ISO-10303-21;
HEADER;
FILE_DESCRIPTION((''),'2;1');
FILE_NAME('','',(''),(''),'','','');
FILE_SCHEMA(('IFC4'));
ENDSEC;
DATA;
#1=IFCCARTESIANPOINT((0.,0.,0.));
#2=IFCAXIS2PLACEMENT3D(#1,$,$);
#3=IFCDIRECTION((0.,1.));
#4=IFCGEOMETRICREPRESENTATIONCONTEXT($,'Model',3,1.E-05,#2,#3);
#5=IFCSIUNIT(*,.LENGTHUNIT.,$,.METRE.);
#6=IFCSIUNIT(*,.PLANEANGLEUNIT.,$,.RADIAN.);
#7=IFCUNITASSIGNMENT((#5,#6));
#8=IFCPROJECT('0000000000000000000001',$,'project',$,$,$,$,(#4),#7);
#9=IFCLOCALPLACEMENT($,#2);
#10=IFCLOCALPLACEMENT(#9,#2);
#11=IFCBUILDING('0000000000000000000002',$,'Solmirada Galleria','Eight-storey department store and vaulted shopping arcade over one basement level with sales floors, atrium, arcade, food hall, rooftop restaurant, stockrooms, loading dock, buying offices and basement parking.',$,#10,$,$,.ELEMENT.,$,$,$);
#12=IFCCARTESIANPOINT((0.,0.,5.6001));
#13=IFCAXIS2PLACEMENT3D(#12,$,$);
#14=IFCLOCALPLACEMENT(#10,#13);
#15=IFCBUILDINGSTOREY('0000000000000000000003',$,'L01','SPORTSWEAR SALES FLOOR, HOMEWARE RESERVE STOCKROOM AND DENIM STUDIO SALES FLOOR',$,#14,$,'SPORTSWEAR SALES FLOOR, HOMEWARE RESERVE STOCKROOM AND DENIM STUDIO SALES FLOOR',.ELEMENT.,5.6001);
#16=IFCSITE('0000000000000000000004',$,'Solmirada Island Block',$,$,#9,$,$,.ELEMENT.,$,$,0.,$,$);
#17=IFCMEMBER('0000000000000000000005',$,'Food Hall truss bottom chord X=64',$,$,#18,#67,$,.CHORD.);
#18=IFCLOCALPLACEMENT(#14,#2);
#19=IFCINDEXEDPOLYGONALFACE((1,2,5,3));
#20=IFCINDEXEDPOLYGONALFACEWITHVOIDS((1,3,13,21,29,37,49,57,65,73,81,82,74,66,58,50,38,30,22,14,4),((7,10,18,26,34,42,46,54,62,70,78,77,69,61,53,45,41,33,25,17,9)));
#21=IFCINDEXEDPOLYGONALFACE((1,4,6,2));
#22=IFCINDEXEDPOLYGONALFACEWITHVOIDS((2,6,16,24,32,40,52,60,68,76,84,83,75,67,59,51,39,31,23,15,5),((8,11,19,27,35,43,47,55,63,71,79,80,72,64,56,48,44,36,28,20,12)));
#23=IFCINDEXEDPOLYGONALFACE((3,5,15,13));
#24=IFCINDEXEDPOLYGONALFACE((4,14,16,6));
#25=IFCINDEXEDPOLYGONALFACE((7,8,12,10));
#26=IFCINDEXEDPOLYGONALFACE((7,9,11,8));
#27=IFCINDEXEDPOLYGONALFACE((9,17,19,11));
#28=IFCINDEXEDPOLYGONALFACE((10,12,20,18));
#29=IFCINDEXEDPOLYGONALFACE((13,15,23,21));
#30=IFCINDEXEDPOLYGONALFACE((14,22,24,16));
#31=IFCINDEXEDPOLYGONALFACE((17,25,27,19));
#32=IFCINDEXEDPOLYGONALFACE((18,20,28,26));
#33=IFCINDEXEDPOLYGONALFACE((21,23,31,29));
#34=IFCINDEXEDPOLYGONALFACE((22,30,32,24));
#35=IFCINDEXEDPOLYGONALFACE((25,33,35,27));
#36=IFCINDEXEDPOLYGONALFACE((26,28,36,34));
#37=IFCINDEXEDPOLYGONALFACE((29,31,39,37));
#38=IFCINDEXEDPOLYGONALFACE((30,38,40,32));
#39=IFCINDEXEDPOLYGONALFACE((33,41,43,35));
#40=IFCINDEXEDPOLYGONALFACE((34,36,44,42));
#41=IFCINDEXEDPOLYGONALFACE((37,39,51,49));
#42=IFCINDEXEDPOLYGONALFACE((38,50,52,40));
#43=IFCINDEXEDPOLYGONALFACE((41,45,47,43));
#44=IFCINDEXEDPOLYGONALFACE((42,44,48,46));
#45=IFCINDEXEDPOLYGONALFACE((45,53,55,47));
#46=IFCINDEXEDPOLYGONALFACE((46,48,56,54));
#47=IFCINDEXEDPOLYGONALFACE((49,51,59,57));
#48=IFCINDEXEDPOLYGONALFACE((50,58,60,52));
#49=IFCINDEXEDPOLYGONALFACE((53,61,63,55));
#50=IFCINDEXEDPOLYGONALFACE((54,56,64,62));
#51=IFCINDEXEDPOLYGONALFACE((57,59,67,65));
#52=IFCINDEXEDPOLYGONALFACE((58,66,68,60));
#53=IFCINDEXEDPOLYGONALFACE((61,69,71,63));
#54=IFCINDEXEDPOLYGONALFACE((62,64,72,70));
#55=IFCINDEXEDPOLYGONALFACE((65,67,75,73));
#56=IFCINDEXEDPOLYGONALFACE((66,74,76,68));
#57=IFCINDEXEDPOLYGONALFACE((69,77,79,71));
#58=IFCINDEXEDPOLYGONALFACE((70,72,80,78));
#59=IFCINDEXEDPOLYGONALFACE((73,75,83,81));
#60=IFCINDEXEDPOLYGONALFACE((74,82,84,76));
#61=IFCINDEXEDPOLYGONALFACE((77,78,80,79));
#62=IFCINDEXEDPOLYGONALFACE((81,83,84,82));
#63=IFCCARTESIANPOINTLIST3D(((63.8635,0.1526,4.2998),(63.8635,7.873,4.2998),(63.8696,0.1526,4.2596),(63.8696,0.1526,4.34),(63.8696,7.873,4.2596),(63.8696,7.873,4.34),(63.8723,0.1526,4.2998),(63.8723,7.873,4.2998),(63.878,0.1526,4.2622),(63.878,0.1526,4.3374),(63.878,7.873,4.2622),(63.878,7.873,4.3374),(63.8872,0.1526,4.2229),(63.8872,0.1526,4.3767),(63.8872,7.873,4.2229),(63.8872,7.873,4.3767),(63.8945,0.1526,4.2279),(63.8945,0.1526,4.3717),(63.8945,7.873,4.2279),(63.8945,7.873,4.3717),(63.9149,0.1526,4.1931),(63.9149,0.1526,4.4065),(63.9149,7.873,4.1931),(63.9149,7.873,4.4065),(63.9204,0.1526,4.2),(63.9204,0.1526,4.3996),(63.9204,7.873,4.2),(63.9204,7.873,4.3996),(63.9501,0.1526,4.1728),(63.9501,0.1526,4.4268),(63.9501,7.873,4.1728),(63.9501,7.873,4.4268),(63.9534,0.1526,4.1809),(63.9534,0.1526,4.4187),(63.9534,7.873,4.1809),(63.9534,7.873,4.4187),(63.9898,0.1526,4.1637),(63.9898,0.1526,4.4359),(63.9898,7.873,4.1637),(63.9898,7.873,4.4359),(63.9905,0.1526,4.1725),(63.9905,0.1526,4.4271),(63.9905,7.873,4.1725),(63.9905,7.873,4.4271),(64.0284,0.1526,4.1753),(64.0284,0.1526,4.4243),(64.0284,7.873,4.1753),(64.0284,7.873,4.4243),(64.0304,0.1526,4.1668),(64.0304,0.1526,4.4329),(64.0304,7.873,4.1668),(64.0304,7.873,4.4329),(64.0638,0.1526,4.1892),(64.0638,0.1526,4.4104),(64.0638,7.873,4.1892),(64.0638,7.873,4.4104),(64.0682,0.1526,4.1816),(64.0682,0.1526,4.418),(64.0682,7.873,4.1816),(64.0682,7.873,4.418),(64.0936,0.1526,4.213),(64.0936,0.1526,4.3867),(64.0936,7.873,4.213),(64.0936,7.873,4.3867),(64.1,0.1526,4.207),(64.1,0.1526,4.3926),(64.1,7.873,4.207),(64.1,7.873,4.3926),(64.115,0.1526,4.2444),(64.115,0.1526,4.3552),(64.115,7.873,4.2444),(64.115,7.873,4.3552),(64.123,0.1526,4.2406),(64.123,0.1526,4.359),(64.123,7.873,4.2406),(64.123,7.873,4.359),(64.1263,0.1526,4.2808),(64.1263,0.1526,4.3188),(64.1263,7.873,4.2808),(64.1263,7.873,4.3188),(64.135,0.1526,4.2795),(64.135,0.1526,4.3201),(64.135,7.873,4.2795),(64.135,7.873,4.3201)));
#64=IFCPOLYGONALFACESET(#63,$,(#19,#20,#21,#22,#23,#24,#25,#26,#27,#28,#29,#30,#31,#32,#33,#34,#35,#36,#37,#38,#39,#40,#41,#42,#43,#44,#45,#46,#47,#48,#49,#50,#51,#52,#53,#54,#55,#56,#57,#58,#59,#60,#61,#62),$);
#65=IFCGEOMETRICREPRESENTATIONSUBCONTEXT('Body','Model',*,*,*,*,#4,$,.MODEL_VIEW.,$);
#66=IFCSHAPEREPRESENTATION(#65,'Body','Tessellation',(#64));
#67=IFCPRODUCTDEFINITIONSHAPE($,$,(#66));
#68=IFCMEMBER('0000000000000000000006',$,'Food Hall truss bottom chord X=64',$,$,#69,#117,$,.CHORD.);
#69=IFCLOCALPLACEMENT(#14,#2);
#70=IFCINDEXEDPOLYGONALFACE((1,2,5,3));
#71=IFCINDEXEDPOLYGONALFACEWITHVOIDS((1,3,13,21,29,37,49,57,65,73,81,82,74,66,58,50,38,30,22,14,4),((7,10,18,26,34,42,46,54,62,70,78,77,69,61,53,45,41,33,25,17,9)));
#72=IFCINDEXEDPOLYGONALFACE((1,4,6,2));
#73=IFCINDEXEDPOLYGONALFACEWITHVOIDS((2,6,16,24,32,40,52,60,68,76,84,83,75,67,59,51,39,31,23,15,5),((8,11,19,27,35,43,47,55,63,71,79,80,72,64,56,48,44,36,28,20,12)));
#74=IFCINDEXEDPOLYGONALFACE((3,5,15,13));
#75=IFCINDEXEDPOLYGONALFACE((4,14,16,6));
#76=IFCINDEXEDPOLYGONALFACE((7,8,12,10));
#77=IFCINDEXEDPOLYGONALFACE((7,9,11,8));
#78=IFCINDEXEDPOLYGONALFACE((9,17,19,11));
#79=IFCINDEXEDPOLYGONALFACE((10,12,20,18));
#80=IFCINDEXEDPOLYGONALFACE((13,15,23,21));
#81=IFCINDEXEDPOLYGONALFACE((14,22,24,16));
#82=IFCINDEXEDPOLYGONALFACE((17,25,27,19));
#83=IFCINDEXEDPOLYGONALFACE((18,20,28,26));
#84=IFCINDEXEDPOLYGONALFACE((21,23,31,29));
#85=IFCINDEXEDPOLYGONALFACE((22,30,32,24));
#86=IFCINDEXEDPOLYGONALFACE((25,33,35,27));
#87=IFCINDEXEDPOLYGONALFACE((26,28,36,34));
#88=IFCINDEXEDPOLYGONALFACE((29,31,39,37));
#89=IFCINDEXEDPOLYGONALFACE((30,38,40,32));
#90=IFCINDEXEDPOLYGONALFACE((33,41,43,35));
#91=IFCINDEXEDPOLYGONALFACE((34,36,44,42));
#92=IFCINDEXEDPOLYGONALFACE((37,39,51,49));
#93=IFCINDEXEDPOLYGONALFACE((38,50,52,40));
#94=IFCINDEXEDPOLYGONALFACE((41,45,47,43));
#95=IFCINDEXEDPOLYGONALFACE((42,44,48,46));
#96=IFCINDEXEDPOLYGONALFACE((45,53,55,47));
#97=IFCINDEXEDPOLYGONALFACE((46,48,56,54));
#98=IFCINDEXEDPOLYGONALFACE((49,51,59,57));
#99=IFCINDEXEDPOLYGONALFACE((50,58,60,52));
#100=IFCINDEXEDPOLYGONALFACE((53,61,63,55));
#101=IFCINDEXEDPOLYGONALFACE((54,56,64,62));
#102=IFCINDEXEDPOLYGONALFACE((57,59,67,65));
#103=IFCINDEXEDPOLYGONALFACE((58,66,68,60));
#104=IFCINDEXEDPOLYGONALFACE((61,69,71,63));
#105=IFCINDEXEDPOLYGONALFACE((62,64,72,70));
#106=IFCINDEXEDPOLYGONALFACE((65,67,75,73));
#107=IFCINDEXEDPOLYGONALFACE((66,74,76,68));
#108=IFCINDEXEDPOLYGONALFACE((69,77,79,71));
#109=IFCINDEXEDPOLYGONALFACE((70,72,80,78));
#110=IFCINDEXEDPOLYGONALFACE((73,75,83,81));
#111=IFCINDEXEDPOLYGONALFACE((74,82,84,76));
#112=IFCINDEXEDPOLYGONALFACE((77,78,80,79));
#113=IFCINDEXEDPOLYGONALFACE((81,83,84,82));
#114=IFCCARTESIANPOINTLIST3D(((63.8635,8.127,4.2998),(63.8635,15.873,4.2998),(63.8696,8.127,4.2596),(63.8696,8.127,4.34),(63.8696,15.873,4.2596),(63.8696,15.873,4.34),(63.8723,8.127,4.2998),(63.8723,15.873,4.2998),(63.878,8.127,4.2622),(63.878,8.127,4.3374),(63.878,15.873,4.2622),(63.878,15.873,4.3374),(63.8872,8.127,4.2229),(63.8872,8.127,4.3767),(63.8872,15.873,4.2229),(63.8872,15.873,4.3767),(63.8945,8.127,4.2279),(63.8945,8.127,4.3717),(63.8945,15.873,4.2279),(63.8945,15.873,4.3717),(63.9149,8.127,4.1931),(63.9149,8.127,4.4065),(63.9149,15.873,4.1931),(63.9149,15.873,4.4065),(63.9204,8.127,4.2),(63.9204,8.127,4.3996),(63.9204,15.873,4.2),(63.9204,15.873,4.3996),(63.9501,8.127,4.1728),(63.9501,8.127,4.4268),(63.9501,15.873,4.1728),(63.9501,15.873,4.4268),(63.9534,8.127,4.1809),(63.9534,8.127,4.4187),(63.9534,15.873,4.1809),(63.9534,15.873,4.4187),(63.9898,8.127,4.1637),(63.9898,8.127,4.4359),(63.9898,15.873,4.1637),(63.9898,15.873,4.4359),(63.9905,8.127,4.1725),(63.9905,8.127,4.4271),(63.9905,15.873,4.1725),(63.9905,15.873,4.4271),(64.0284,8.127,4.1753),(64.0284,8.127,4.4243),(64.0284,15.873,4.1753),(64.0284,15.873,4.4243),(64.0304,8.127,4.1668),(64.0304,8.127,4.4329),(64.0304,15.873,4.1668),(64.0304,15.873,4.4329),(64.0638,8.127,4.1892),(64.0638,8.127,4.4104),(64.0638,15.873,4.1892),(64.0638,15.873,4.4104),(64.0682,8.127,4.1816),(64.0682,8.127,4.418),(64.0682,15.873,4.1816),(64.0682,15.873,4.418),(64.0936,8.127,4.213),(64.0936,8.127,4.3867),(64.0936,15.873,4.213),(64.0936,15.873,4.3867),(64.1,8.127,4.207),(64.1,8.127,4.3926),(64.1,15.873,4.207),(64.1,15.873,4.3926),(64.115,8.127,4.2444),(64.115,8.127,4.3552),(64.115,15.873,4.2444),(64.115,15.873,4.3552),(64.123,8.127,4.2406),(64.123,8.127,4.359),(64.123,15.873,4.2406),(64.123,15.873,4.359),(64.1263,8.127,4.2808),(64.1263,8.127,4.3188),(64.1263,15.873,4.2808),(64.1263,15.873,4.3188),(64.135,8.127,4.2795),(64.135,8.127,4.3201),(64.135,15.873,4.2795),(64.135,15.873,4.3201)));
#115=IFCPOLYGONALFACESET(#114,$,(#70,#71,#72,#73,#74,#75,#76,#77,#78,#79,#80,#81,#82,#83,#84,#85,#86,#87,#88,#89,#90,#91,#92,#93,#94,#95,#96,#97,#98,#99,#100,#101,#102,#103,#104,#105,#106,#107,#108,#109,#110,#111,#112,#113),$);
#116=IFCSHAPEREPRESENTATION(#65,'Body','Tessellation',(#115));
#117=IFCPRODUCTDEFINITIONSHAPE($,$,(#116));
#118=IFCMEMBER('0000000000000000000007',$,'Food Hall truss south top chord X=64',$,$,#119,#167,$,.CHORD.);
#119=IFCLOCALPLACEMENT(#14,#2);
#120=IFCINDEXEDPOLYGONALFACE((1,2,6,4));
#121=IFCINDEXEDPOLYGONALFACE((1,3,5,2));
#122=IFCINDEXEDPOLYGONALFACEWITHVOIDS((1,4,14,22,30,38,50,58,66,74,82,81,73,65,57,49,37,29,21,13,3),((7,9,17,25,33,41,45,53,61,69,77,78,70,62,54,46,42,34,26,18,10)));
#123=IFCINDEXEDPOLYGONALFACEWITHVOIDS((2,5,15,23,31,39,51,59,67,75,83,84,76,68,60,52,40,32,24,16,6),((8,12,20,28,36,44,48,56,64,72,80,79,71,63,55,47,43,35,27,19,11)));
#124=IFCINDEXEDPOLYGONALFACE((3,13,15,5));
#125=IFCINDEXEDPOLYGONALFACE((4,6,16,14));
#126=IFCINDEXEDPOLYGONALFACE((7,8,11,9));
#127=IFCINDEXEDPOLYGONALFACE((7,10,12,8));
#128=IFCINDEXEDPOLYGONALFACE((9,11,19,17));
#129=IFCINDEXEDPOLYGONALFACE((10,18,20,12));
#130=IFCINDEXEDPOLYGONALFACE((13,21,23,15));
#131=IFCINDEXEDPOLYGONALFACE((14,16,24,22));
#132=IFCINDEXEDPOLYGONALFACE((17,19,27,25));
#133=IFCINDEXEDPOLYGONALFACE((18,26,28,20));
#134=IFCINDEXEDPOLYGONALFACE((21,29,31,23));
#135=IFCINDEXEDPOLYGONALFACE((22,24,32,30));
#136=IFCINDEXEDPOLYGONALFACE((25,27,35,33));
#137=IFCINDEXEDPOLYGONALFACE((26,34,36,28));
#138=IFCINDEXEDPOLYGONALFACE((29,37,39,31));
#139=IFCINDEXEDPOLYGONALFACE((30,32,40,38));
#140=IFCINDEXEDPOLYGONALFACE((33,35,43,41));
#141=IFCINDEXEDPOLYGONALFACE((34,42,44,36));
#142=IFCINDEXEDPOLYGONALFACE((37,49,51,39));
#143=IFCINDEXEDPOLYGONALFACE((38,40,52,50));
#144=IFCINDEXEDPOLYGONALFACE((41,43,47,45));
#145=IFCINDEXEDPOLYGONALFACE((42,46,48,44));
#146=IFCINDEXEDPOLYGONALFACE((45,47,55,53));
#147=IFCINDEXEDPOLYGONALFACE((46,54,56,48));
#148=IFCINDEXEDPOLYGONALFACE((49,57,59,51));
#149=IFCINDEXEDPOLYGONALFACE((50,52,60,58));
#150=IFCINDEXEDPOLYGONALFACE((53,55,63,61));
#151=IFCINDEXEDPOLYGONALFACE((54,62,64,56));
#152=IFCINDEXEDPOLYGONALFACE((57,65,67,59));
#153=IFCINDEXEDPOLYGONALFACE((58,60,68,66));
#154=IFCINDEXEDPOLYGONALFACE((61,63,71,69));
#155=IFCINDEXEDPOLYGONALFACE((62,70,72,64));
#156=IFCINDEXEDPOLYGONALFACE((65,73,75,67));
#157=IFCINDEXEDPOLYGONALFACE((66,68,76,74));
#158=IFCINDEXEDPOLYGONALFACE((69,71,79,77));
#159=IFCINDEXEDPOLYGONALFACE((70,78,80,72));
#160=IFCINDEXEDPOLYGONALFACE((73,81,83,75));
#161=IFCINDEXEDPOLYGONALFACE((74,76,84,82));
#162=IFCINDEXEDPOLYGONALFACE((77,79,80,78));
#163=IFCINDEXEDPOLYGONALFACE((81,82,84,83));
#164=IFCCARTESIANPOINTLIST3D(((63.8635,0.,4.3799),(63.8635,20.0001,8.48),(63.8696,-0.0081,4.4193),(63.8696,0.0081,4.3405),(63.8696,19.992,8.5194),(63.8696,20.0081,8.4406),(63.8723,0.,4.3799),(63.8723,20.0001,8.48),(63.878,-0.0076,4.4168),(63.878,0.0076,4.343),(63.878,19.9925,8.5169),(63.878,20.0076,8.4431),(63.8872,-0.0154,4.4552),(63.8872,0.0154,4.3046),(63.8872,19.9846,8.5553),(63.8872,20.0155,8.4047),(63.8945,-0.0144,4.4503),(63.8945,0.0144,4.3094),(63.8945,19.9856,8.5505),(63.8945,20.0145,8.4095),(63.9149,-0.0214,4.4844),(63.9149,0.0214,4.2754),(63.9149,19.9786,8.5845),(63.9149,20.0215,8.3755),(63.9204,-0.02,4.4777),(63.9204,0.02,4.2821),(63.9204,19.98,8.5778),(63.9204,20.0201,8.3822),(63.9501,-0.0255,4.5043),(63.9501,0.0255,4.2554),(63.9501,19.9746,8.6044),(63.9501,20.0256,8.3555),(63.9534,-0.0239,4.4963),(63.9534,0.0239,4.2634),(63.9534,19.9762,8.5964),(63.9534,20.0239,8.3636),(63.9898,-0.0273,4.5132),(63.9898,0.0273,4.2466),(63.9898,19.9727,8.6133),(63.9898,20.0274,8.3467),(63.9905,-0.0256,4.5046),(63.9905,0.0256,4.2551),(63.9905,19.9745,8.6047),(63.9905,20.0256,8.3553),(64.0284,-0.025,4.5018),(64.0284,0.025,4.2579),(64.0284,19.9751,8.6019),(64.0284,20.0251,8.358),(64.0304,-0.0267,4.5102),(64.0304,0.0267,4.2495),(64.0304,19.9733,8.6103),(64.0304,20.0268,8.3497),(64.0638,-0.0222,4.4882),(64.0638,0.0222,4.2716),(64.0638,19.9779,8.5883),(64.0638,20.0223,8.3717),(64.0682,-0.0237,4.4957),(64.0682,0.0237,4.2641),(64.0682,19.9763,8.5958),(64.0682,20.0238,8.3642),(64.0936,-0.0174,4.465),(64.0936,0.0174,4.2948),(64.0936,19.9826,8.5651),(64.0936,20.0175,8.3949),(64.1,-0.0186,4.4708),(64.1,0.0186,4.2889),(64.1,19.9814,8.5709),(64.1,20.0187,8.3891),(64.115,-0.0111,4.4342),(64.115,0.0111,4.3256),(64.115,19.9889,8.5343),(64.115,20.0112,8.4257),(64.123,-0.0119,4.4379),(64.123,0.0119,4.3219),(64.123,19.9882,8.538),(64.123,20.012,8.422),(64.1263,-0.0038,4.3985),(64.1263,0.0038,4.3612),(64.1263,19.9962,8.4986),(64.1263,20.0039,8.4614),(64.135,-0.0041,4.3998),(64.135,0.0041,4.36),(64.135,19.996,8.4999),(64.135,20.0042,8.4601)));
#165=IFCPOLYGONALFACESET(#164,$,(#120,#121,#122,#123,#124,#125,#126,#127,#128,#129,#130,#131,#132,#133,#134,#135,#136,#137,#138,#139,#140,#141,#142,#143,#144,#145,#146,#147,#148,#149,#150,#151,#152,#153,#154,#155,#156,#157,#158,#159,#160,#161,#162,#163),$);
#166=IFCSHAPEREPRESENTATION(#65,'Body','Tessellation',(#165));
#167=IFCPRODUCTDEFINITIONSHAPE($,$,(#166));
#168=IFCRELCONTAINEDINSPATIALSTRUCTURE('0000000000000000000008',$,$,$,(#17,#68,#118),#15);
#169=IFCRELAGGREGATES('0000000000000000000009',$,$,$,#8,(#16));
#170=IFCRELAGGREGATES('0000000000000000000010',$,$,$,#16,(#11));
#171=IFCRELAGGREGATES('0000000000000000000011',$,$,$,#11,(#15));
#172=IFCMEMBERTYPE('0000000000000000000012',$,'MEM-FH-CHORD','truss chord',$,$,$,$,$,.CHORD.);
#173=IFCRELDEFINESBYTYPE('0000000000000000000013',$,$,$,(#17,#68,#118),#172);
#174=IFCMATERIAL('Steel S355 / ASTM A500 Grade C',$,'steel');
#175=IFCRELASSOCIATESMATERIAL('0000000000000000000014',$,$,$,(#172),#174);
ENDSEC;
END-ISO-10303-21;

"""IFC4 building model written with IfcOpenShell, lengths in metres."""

from ifc_helpers import new_model, si_unit, direction, frame, origin, origin_2d, place, context, subcontext, project, spatial, hollow_circle, extrude, material, material_profile, profile_set, type_object, element, save


model = new_model("IFC4")

# Units and contexts
model_context = context("Model", 3, precision=1e-05, world=origin(), true_north=direction((0.0, 1.0)))
body_context = subcontext(model_context, "Body", "Model", "MODEL_VIEW")
ifc_project = project(units=[si_unit("LENGTHUNIT", "METRE"), si_unit("PLANEANGLEUNIT", "RADIAN")], contexts=[model_context])

# Site, building, storey
site_placement = place(None, origin())
site = spatial("IfcSite", under=ifc_project, at=site_placement, Name="Solmirada Island Block", CompositionType="ELEMENT", RefElevation=0.0)
building_placement = place(site_placement, origin())
building = spatial("IfcBuilding", under=site, at=building_placement, Name="Solmirada Galleria", Description="Eight-storey department store and vaulted shopping arcade over one basement level with sales floors, atrium, arcade, food hall, rooftop restaurant, stockrooms, loading dock, buying offices and basement parking.", CompositionType="ELEMENT")
storey_placement = place(building_placement, frame((0.0, 0.0, 5.6001)))
storey = spatial("IfcBuildingStorey", under=building, at=storey_placement, Name="L01", Description="SPORTSWEAR SALES FLOOR, HOMEWARE RESERVE STOCKROOM AND DENIM STUDIO SALES FLOOR", LongName="SPORTSWEAR SALES FLOOR, HOMEWARE RESERVE STOCKROOM AND DENIM STUDIO SALES FLOOR", CompositionType="ELEMENT", Elevation=5.6001)

# Shared definitions
ifc_material_1 = material(Name="Steel S355 / ASTM A500 Grade C", Category="steel")

# Members
ifc_material_profile_1 = material_profile(ifc_material_1, hollow_circle(Radius=0.1365, WallThickness=0.0088, at=origin_2d()), Name="HSS10.750X0.375")
ifc_profile_set_1 = profile_set([ifc_material_profile_1], Name="Steel S355 / ASTM A500 Grade C")
member_type_1 = type_object("IfcMemberType", Name="MEM-FH-CHORD", Description="truss chord", PredefinedType="CHORD", material=ifc_profile_set_1)
member_1_placement = place(storey_placement, frame((64.0, 0.1526, 4.2998), z_axis=(0.0, 1.0, 0.0), x_axis=(-1.0, 0.0, 0.0)))
element("IfcMember", 1, at=member_1_placement, inside=storey, type_object=member_type_1, Name="Food Hall truss bottom chord X=64", PredefinedType="CHORD", context=body_context, shape_type="SweptSolid", body=[
    extrude(hollow_circle(Radius=0.1365, WallThickness=0.0088, at=origin_2d()), origin(), (0.0, 0.0, 1.0), 7.7205),
])
member_2_placement = place(storey_placement, frame((64.0, 8.127, 4.2998), z_axis=(0.0, 1.0, 0.0), x_axis=(-1.0, 0.0, 0.0)))
element("IfcMember", 2, at=member_2_placement, inside=storey, type_object=member_type_1, Name="Food Hall truss bottom chord X=64", PredefinedType="CHORD", context=body_context, shape_type="SweptSolid", body=[
    extrude(hollow_circle(Radius=0.1365, WallThickness=0.0088, at=origin_2d()), origin(), (0.0, 0.0, 1.0), 7.7461),
])
member_3_placement = place(storey_placement, frame((64.0, 0.0, 4.3799), z_axis=(0.0, 0.979626, 0.200828), x_axis=(-1.0, 0.0, 0.0)))
element("IfcMember", 3, at=member_3_placement, inside=storey, type_object=member_type_1, Name="Food Hall truss south top chord X=64", PredefinedType="CHORD", context=body_context, shape_type="SweptSolid", body=[
    extrude(hollow_circle(Radius=0.1365, WallThickness=0.0088, at=origin_2d()), origin(), (0.0, 0.0, 1.0), 20.416),
])

save(model, "model.ifc")
